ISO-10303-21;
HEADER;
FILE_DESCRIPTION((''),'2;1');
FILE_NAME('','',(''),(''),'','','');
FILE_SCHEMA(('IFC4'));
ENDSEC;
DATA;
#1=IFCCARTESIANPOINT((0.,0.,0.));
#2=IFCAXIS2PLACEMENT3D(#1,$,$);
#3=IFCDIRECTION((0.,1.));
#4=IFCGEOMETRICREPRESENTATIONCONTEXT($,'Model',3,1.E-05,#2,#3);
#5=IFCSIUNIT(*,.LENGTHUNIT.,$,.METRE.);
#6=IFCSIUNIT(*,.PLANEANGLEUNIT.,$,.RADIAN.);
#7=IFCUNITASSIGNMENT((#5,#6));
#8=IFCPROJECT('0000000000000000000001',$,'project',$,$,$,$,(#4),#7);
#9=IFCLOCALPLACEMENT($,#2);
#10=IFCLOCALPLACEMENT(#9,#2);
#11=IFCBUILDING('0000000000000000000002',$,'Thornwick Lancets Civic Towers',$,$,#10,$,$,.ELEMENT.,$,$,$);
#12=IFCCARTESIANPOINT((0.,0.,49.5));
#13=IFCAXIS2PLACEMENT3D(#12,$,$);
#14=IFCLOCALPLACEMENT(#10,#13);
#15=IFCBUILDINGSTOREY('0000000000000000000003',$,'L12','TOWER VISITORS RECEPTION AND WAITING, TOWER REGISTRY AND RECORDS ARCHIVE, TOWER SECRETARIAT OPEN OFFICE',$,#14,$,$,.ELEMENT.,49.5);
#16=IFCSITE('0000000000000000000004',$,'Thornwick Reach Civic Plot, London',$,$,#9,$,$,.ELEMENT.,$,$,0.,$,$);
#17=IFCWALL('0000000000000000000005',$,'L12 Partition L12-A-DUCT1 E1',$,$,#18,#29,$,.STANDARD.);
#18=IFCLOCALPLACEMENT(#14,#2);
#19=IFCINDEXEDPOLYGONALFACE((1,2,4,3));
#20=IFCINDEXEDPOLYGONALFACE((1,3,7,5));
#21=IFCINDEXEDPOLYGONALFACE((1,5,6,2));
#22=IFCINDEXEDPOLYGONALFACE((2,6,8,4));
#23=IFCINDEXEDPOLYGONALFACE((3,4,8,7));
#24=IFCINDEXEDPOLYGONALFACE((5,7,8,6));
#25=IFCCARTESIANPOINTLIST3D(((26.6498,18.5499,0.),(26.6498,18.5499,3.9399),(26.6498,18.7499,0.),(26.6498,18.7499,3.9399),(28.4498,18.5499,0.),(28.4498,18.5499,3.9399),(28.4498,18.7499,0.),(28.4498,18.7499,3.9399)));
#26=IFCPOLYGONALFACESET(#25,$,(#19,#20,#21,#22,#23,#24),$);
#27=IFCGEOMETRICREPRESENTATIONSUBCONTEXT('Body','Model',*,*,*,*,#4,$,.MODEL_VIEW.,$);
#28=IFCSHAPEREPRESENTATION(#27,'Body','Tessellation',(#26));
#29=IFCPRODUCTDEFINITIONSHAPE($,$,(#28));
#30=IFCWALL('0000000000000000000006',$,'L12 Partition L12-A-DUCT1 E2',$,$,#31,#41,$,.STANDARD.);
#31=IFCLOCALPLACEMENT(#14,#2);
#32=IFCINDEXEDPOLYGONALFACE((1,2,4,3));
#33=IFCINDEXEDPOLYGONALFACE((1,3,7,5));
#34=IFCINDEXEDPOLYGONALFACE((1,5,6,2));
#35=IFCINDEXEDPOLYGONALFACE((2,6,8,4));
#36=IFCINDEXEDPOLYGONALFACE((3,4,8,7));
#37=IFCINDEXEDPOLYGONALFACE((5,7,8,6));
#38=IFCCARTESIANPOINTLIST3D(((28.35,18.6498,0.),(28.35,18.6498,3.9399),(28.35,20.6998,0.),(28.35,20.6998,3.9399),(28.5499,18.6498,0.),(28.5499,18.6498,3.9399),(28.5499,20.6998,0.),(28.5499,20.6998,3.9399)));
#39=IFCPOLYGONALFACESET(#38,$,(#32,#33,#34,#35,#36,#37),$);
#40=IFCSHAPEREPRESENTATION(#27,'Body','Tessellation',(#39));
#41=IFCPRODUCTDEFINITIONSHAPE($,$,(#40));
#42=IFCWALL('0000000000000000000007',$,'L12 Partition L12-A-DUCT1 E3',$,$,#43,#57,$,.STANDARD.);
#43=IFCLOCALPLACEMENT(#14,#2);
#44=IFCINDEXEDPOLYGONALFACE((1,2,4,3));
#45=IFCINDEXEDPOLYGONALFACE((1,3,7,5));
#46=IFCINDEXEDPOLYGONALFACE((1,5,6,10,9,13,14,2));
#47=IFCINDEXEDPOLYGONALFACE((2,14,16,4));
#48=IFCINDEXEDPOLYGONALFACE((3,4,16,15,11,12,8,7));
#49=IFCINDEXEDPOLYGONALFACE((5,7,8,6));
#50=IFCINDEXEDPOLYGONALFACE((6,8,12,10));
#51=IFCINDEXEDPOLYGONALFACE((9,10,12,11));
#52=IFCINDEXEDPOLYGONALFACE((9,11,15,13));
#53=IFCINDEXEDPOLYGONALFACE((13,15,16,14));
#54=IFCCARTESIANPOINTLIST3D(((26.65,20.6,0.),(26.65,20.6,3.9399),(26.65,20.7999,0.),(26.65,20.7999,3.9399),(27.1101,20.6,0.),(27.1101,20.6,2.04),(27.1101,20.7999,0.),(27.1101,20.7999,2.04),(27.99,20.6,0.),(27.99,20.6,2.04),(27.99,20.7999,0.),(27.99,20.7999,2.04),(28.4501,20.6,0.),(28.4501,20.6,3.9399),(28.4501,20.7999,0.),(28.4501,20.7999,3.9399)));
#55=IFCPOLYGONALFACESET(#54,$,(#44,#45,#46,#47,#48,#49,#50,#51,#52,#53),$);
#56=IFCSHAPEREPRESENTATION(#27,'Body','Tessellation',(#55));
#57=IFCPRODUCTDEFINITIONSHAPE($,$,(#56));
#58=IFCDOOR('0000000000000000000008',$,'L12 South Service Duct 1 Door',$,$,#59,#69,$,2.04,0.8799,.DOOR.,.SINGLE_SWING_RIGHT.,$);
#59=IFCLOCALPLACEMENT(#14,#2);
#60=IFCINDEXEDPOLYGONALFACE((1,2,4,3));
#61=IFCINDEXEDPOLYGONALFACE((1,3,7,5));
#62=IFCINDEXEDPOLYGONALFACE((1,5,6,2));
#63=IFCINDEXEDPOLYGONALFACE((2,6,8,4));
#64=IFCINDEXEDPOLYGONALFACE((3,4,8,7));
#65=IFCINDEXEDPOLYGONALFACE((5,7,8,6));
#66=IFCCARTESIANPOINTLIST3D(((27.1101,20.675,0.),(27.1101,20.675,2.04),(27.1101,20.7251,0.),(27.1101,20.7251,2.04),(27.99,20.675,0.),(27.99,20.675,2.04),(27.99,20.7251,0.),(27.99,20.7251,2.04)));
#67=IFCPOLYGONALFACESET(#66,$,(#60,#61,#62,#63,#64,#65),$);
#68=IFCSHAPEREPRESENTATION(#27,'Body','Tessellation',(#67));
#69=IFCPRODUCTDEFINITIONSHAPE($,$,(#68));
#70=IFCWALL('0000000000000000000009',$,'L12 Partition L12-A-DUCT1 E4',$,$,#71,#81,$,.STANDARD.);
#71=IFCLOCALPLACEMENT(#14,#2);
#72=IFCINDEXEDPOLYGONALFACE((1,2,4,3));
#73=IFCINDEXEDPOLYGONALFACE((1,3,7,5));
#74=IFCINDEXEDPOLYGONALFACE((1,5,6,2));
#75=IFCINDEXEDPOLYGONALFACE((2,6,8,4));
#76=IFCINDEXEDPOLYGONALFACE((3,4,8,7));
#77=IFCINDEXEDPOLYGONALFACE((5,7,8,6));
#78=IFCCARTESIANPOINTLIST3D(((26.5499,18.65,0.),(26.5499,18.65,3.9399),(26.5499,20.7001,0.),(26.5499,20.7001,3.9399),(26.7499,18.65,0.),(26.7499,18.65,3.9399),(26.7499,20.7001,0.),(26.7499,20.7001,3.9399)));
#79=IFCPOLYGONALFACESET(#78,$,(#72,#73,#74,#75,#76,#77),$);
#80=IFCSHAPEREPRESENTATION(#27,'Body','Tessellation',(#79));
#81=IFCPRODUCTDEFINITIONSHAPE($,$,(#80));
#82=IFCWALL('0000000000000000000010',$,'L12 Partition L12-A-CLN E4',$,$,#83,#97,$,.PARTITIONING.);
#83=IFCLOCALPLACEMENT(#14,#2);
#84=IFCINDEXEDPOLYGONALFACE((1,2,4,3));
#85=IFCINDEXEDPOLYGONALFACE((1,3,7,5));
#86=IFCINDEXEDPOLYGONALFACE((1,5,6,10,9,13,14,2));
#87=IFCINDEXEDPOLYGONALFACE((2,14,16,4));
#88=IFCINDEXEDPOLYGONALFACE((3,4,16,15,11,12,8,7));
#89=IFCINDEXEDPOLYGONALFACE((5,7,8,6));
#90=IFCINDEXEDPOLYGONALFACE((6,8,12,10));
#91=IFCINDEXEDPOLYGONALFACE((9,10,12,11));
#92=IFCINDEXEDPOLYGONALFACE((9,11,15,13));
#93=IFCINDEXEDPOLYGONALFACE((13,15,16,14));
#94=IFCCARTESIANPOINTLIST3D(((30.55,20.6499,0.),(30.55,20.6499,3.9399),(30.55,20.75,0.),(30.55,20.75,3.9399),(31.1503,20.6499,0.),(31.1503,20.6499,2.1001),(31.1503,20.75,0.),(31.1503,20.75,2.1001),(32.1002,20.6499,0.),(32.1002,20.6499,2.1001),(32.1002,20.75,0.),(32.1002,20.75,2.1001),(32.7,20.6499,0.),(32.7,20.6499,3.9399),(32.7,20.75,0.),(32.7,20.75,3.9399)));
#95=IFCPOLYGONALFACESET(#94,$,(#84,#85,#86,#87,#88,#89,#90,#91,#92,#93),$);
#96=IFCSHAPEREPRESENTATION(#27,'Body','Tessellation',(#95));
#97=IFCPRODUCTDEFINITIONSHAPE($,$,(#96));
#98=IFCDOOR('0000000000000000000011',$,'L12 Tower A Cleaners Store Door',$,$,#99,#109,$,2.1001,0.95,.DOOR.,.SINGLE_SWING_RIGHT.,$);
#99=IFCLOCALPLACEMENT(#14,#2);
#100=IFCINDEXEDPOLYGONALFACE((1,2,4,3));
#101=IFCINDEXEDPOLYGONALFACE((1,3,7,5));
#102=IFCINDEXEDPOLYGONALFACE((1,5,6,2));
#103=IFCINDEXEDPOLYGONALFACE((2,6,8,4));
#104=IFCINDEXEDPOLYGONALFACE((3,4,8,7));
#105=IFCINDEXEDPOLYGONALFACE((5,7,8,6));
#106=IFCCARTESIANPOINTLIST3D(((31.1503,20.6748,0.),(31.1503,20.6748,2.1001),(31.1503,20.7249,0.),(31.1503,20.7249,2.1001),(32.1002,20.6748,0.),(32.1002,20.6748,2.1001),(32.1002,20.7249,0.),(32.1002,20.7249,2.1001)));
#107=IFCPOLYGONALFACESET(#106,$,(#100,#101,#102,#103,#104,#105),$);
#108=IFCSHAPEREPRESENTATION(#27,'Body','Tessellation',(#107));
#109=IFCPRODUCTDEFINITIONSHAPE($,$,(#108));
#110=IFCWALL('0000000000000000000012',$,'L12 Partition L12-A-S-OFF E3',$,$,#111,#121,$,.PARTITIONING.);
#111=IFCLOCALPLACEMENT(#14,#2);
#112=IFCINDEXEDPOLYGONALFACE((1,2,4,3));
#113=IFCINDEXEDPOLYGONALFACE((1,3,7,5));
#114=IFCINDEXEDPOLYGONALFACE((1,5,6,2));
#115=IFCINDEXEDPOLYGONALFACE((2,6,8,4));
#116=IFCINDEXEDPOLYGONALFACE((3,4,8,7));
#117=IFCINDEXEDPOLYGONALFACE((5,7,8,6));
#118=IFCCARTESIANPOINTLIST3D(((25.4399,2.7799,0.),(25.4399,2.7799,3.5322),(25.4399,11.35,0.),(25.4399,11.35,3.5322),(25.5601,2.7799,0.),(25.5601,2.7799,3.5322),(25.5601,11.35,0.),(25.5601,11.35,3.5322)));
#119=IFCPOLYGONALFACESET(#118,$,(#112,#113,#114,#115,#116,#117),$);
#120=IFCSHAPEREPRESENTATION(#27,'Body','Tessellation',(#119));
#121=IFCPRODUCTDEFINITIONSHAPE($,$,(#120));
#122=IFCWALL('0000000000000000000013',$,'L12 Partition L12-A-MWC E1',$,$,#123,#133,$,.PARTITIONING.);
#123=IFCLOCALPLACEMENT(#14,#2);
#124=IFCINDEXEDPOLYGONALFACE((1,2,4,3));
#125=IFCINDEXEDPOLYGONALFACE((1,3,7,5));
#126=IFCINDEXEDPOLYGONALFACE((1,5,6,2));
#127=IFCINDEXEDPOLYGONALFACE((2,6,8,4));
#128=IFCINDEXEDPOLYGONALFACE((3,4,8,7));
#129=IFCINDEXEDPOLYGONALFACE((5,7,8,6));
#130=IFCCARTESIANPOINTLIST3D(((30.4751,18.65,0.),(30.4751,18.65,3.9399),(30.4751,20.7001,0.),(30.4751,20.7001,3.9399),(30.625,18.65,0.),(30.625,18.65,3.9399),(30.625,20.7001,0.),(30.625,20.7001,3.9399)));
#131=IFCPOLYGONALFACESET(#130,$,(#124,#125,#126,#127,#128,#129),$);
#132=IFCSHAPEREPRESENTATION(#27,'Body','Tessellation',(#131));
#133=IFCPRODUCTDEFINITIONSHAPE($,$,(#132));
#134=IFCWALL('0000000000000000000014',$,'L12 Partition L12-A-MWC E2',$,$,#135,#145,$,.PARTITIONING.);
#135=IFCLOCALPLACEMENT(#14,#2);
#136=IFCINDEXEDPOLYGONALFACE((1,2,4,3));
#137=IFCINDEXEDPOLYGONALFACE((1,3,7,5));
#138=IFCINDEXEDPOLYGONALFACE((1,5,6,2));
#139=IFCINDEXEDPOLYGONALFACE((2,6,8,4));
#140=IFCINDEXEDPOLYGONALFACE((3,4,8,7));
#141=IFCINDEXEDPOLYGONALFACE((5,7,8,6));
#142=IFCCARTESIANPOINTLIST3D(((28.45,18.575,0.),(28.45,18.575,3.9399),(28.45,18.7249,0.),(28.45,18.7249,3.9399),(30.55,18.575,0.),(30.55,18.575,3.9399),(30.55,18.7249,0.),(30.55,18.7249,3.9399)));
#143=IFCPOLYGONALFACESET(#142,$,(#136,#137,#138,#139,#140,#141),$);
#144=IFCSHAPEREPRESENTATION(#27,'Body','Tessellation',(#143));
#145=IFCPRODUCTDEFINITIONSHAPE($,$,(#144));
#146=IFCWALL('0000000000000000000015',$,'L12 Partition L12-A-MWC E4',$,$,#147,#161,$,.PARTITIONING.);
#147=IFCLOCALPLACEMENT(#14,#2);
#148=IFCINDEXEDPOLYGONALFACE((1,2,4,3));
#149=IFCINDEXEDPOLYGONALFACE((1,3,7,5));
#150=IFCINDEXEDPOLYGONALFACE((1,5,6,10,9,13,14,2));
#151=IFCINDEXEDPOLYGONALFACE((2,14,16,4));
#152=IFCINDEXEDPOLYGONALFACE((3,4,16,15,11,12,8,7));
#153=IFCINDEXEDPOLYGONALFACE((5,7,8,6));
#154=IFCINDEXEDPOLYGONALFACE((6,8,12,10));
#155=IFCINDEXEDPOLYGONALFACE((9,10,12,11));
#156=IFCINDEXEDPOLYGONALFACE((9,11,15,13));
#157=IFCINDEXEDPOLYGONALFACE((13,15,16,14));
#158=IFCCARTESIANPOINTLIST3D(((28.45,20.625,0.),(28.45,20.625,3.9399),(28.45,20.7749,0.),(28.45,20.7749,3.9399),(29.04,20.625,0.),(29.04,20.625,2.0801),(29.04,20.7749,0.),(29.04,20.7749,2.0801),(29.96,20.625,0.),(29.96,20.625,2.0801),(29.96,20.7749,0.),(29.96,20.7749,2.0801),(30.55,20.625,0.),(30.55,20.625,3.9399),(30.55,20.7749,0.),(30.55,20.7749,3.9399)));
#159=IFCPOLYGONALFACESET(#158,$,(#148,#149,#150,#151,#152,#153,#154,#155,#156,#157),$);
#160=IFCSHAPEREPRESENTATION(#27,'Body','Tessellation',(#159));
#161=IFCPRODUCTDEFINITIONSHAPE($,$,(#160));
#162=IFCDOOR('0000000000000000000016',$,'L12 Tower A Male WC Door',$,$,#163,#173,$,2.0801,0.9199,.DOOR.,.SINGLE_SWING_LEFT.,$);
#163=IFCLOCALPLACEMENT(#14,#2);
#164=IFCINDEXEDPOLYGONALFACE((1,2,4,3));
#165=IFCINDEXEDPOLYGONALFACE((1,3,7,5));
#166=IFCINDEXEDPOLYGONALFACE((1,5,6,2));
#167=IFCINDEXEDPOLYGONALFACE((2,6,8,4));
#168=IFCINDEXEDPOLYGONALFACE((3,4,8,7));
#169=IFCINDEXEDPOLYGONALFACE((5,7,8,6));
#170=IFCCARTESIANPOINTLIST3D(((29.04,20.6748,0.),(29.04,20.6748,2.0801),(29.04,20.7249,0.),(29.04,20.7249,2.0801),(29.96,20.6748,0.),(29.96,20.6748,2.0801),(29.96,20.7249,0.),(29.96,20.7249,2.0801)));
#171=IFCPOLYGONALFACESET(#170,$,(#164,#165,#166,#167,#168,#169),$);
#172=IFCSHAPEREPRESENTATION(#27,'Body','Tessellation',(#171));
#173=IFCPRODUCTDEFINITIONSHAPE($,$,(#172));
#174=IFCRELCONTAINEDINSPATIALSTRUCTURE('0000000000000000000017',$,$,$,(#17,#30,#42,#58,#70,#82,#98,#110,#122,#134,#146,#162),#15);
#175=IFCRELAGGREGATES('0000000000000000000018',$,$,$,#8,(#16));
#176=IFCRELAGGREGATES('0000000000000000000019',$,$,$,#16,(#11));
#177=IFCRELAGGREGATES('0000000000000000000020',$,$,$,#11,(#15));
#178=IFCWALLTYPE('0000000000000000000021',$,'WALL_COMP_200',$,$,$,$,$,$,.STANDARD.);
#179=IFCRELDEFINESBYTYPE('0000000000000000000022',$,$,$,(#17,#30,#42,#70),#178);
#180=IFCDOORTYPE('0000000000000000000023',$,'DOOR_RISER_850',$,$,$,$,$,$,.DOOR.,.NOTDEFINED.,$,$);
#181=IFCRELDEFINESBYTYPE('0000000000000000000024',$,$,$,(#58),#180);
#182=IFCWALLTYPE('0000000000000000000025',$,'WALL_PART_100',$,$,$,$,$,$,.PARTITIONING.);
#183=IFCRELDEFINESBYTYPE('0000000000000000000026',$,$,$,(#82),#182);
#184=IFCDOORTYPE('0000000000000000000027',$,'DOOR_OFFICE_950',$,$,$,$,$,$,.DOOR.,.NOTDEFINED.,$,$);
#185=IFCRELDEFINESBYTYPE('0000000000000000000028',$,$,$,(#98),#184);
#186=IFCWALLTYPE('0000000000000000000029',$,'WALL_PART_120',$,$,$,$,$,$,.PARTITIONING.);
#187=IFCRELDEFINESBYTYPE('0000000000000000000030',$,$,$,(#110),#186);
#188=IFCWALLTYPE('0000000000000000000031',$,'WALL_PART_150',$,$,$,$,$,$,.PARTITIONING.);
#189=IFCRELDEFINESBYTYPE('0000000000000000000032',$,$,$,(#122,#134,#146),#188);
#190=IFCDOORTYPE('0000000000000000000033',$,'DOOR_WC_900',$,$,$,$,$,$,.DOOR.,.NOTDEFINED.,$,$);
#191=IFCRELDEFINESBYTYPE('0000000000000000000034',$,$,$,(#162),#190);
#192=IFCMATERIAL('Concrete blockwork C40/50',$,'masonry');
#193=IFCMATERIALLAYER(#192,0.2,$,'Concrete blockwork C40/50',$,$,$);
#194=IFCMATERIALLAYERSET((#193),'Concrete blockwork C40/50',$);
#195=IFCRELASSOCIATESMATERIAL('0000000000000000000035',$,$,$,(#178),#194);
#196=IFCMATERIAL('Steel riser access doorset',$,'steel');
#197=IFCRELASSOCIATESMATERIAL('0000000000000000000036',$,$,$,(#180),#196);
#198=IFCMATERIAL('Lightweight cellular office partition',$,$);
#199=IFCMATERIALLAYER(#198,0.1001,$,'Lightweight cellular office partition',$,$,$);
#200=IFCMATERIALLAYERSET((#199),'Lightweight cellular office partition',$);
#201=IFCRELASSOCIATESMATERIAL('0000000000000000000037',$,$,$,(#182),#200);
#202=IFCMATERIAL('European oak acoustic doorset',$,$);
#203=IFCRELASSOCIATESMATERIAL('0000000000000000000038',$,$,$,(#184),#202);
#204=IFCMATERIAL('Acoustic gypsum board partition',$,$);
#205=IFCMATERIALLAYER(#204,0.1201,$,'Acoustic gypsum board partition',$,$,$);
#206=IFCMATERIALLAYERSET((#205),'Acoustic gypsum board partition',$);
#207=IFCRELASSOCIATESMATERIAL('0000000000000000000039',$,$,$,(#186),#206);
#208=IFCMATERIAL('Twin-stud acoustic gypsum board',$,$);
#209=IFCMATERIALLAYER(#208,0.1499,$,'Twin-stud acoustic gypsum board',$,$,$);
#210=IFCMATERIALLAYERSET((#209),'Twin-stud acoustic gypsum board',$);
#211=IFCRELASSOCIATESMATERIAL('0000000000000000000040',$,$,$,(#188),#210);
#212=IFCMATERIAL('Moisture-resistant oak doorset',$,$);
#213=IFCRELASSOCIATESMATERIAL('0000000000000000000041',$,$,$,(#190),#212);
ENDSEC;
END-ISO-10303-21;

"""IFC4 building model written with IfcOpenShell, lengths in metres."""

from ifc_helpers import new_model, si_unit, direction, frame, frame_2d, origin, place, context, subcontext, project, spatial, rectangle, extrude, material, layer, layer_set, type_object, element, fill, save


model = new_model("IFC4")

# Units and contexts
model_context = context("Model", 3, precision=1e-05, world=origin(), true_north=direction((0.0, 1.0)))
body_context = subcontext(model_context, "Body", "Model", "MODEL_VIEW")
ifc_project = project(units=[si_unit("LENGTHUNIT", "METRE"), si_unit("PLANEANGLEUNIT", "RADIAN")], contexts=[model_context])

# Site, building, storey
site_placement = place(None, origin())
site = spatial("IfcSite", under=ifc_project, at=site_placement, Name="Thornwick Reach Civic Plot, London", CompositionType="ELEMENT", RefElevation=0.0)
building_placement = place(site_placement, origin())
building = spatial("IfcBuilding", under=site, at=building_placement, Name="Thornwick Lancets Civic Towers", CompositionType="ELEMENT")
storey_placement = place(building_placement, frame((0.0, 0.0, 49.5)))
storey = spatial("IfcBuildingStorey", under=building, at=storey_placement, Name="L12", Description="TOWER VISITORS RECEPTION AND WAITING, TOWER REGISTRY AND RECORDS ARCHIVE, TOWER SECRETARIAT OPEN OFFICE", CompositionType="ELEMENT", Elevation=49.5)

# Shared definitions
ifc_material_1 = material(Name="Concrete blockwork C40/50", Category="masonry")
ifc_layer_1 = layer(ifc_material_1, 0.2, Name="Concrete blockwork C40/50")
ifc_layer_set_1 = layer_set([ifc_layer_1], Name="Concrete blockwork C40/50")
wall_type_1 = type_object("IfcWallType", Name="WALL_COMP_200", PredefinedType="STANDARD", material=ifc_layer_set_1)

# Walls
wall_1_placement = place(storey_placement, frame((26.6499, 18.6499, 0.0), z_axis=(0.0, 0.0, 1.0), x_axis=(1.0, 0.0, 0.0)))
element("IfcWall", 1, at=wall_1_placement, inside=storey, type_object=wall_type_1, Name="L12 Partition L12-A-DUCT1 E1", PredefinedType="STANDARD", context=body_context, shape_type="SweptSolid", body=[
    extrude(rectangle(XDim=1.8, YDim=0.2, at=frame_2d((0.8999, 0.0))), origin(), (0.0, 0.0, 1.0), 3.9399),
])
wall_2_placement = place(storey_placement, frame((28.45, 18.6499, 0.0), z_axis=(0.0, 0.0, 1.0), x_axis=(0.0, 1.0, 0.0)))
element("IfcWall", 2, at=wall_2_placement, inside=storey, type_object=wall_type_1, Name="L12 Partition L12-A-DUCT1 E2", PredefinedType="STANDARD", context=body_context, shape_type="SweptSolid", body=[
    extrude(rectangle(XDim=2.05, YDim=0.2, at=frame_2d((1.0249, 0.0))), origin(), (0.0, 0.0, 1.0), 3.9399),
])

# Wall, opening, door
wall_3_placement = place(storey_placement, frame((28.45, 20.7, 0.0), z_axis=(0.0, 0.0, 1.0), x_axis=(-1.0, 0.0, 0.0)))
wall_3 = element("IfcWall", 3, at=wall_3_placement, inside=storey, type_object=wall_type_1, Name="L12 Partition L12-A-DUCT1 E3", PredefinedType="STANDARD", context=body_context, shape_type="SweptSolid", body=[
    extrude(rectangle(XDim=1.8, YDim=0.2, at=frame_2d((0.8999, 0.0))), origin(), (0.0, 0.0, 1.0), 3.9399),
])
opening_1_placement = place(wall_3_placement, frame((0.46, 0.0, 0.0)))
opening_1 = element("IfcOpeningElement", 4, at=opening_1_placement, cuts=wall_3, PredefinedType="OPENING", context=body_context, shape_type="SweptSolid", body=[
    extrude(rectangle(XDim=0.8799, YDim=2.04, at=frame_2d((0.4399, 1.02))), frame((0.0, 0.1099, 0.0), z_axis=(0.0, -1.0, 0.0), x_axis=(1.0, 0.0, 0.0)), (0.0, 0.0, 1.0), 0.22),
])
ifc_material_2 = material(Name="Steel riser access doorset", Category="steel")
door_type_1 = type_object("IfcDoorType", Name="DOOR_RISER_850", OperationType="NOTDEFINED", PredefinedType="DOOR", material=ifc_material_2)
door_1_placement = place(opening_1_placement, origin())
door_1 = element("IfcDoor", 5, at=door_1_placement, inside=storey, type_object=door_type_1, Name="L12 South Service Duct 1 Door", OperationType="SINGLE_SWING_RIGHT", OverallHeight=2.04, OverallWidth=0.8799, PredefinedType="DOOR", context=body_context, shape_type="SweptSolid", body=[
    extrude(rectangle(XDim=0.8799, YDim=2.04, at=frame_2d((0.4399, 1.02))), frame((0.0, 0.0249, 0.0), z_axis=(0.0, -1.0, 0.0), x_axis=(1.0, 0.0, 0.0)), (0.0, 0.0, 1.0), 0.05),
])
fill(opening_1, door_1)

# Wall
wall_4_placement = place(storey_placement, frame((26.6499, 20.7, 0.0), z_axis=(0.0, 0.0, 1.0), x_axis=(0.0, -1.0, 0.0)))
element("IfcWall", 6, at=wall_4_placement, inside=storey, type_object=wall_type_1, Name="L12 Partition L12-A-DUCT1 E4", PredefinedType="STANDARD", context=body_context, shape_type="SweptSolid", body=[
    extrude(rectangle(XDim=2.05, YDim=0.2, at=frame_2d((1.0249, 0.0))), origin(), (0.0, 0.0, 1.0), 3.9399),
])

# Wall, opening, door
ifc_material_3 = material(Name="Lightweight cellular office partition")
ifc_layer_2 = layer(ifc_material_3, 0.1001, Name="Lightweight cellular office partition")
ifc_layer_set_2 = layer_set([ifc_layer_2], Name="Lightweight cellular office partition")
wall_type_2 = type_object("IfcWallType", Name="WALL_PART_100", PredefinedType="PARTITIONING", material=ifc_layer_set_2)
wall_5_placement = place(storey_placement, frame((30.55, 20.7, 0.0), z_axis=(0.0, 0.0, 1.0), x_axis=(1.0, 0.0, 0.0)))
wall_5 = element("IfcWall", 7, at=wall_5_placement, inside=storey, type_object=wall_type_2, Name="L12 Partition L12-A-CLN E4", PredefinedType="PARTITIONING", context=body_context, shape_type="SweptSolid", body=[
    extrude(rectangle(XDim=2.1499, YDim=0.1001, at=frame_2d((1.075, 0.0))), origin(), (0.0, 0.0, 1.0), 3.9399),
])
opening_2_placement = place(wall_5_placement, frame((0.6001, 0.0, 0.0)))
opening_2 = element("IfcOpeningElement", 8, at=opening_2_placement, cuts=wall_5, PredefinedType="OPENING", context=body_context, shape_type="SweptSolid", body=[
    extrude(rectangle(XDim=0.95, YDim=2.1001, at=frame_2d((0.4751, 1.05))), frame((0.0, 0.0601, 0.0), z_axis=(0.0, -1.0, 0.0), x_axis=(1.0, 0.0, 0.0)), (0.0, 0.0, 1.0), 0.1201),
])
ifc_material_4 = material(Name="European oak acoustic doorset")
door_type_2 = type_object("IfcDoorType", Name="DOOR_OFFICE_950", OperationType="NOTDEFINED", PredefinedType="DOOR", material=ifc_material_4)
door_2_placement = place(opening_2_placement, origin())
door_2 = element("IfcDoor", 9, at=door_2_placement, inside=storey, type_object=door_type_2, Name="L12 Tower A Cleaners Store Door", OperationType="SINGLE_SWING_RIGHT", OverallHeight=2.1001, OverallWidth=0.95, PredefinedType="DOOR", context=body_context, shape_type="SweptSolid", body=[
    extrude(rectangle(XDim=0.95, YDim=2.1001, at=frame_2d((0.4751, 1.05))), frame((0.0, 0.0249, 0.0), z_axis=(0.0, -1.0, 0.0), x_axis=(1.0, 0.0, 0.0)), (0.0, 0.0, 1.0), 0.05),
])
fill(opening_2, door_2)

# Walls
ifc_material_5 = material(Name="Acoustic gypsum board partition")
ifc_layer_3 = layer(ifc_material_5, 0.1201, Name="Acoustic gypsum board partition")
ifc_layer_set_3 = layer_set([ifc_layer_3], Name="Acoustic gypsum board partition")
wall_type_3 = type_object("IfcWallType", Name="WALL_PART_120", PredefinedType="PARTITIONING", material=ifc_layer_set_3)
wall_6_placement = place(storey_placement, frame((25.5, 11.3501, 0.0), z_axis=(0.0, 0.0, 1.0), x_axis=(0.0, -1.0, 0.0)))
element("IfcWall", 10, at=wall_6_placement, inside=storey, type_object=wall_type_3, Name="L12 Partition L12-A-S-OFF E3", PredefinedType="PARTITIONING", context=body_context, shape_type="SweptSolid", body=[
    extrude(rectangle(XDim=8.5701, YDim=0.1201, at=frame_2d((4.2852, 0.0))), origin(), (0.0, 0.0, 1.0), 3.5322),
])
ifc_material_6 = material(Name="Twin-stud acoustic gypsum board")
ifc_layer_4 = layer(ifc_material_6, 0.1499, Name="Twin-stud acoustic gypsum board")
ifc_layer_set_4 = layer_set([ifc_layer_4], Name="Twin-stud acoustic gypsum board")
wall_type_4 = type_object("IfcWallType", Name="WALL_PART_150", PredefinedType="PARTITIONING", material=ifc_layer_set_4)
wall_7_placement = place(storey_placement, frame((30.55, 20.7, 0.0), z_axis=(0.0, 0.0, 1.0), x_axis=(0.0, -1.0, 0.0)))
element("IfcWall", 11, at=wall_7_placement, inside=storey, type_object=wall_type_4, Name="L12 Partition L12-A-MWC E1", PredefinedType="PARTITIONING", context=body_context, shape_type="SweptSolid", body=[
    extrude(rectangle(XDim=2.05, YDim=0.1499, at=frame_2d((1.0249, 0.0))), origin(), (0.0, 0.0, 1.0), 3.9399),
])
wall_8_placement = place(storey_placement, frame((30.55, 18.6499, 0.0), z_axis=(0.0, 0.0, 1.0), x_axis=(-1.0, 0.0, 0.0)))
element("IfcWall", 12, at=wall_8_placement, inside=storey, type_object=wall_type_4, Name="L12 Partition L12-A-MWC E2", PredefinedType="PARTITIONING", context=body_context, shape_type="SweptSolid", body=[
    extrude(rectangle(XDim=2.1001, YDim=0.1499, at=frame_2d((1.05, 0.0))), origin(), (0.0, 0.0, 1.0), 3.9399),
])

# Wall, opening, door
wall_9_placement = place(storey_placement, frame((28.45, 20.7, 0.0), z_axis=(0.0, 0.0, 1.0), x_axis=(1.0, 0.0, 0.0)))
wall_9 = element("IfcWall", 13, at=wall_9_placement, inside=storey, type_object=wall_type_4, Name="L12 Partition L12-A-MWC E4", PredefinedType="PARTITIONING", context=body_context, shape_type="SweptSolid", body=[
    extrude(rectangle(XDim=2.1001, YDim=0.1499, at=frame_2d((1.05, 0.0))), origin(), (0.0, 0.0, 1.0), 3.9399),
])
opening_3_placement = place(wall_9_placement, frame((0.5901, 0.0, 0.0)))
opening_3 = element("IfcOpeningElement", 14, at=opening_3_placement, cuts=wall_9, PredefinedType="OPENING", context=body_context, shape_type="SweptSolid", body=[
    extrude(rectangle(XDim=0.9199, YDim=2.0801, at=frame_2d((0.46, 1.04))), frame((0.0, 0.085, 0.0), z_axis=(0.0, -1.0, 0.0), x_axis=(1.0, 0.0, 0.0)), (0.0, 0.0, 1.0), 0.1699),
])
ifc_material_7 = material(Name="Moisture-resistant oak doorset")
door_type_3 = type_object("IfcDoorType", Name="DOOR_WC_900", OperationType="NOTDEFINED", PredefinedType="DOOR", material=ifc_material_7)
door_3_placement = place(opening_3_placement, origin())
door_3 = element("IfcDoor", 15, at=door_3_placement, inside=storey, type_object=door_type_3, Name="L12 Tower A Male WC Door", OperationType="SINGLE_SWING_LEFT", OverallHeight=2.0801, OverallWidth=0.9199, PredefinedType="DOOR", context=body_context, shape_type="SweptSolid", body=[
    extrude(rectangle(XDim=0.9199, YDim=2.0801, at=frame_2d((0.46, 1.04))), frame((0.0, 0.0249, 0.0), z_axis=(0.0, -1.0, 0.0), x_axis=(1.0, 0.0, 0.0)), (0.0, 0.0, 1.0), 0.05),
])
fill(opening_3, door_3)

save(model, "model.ifc")
